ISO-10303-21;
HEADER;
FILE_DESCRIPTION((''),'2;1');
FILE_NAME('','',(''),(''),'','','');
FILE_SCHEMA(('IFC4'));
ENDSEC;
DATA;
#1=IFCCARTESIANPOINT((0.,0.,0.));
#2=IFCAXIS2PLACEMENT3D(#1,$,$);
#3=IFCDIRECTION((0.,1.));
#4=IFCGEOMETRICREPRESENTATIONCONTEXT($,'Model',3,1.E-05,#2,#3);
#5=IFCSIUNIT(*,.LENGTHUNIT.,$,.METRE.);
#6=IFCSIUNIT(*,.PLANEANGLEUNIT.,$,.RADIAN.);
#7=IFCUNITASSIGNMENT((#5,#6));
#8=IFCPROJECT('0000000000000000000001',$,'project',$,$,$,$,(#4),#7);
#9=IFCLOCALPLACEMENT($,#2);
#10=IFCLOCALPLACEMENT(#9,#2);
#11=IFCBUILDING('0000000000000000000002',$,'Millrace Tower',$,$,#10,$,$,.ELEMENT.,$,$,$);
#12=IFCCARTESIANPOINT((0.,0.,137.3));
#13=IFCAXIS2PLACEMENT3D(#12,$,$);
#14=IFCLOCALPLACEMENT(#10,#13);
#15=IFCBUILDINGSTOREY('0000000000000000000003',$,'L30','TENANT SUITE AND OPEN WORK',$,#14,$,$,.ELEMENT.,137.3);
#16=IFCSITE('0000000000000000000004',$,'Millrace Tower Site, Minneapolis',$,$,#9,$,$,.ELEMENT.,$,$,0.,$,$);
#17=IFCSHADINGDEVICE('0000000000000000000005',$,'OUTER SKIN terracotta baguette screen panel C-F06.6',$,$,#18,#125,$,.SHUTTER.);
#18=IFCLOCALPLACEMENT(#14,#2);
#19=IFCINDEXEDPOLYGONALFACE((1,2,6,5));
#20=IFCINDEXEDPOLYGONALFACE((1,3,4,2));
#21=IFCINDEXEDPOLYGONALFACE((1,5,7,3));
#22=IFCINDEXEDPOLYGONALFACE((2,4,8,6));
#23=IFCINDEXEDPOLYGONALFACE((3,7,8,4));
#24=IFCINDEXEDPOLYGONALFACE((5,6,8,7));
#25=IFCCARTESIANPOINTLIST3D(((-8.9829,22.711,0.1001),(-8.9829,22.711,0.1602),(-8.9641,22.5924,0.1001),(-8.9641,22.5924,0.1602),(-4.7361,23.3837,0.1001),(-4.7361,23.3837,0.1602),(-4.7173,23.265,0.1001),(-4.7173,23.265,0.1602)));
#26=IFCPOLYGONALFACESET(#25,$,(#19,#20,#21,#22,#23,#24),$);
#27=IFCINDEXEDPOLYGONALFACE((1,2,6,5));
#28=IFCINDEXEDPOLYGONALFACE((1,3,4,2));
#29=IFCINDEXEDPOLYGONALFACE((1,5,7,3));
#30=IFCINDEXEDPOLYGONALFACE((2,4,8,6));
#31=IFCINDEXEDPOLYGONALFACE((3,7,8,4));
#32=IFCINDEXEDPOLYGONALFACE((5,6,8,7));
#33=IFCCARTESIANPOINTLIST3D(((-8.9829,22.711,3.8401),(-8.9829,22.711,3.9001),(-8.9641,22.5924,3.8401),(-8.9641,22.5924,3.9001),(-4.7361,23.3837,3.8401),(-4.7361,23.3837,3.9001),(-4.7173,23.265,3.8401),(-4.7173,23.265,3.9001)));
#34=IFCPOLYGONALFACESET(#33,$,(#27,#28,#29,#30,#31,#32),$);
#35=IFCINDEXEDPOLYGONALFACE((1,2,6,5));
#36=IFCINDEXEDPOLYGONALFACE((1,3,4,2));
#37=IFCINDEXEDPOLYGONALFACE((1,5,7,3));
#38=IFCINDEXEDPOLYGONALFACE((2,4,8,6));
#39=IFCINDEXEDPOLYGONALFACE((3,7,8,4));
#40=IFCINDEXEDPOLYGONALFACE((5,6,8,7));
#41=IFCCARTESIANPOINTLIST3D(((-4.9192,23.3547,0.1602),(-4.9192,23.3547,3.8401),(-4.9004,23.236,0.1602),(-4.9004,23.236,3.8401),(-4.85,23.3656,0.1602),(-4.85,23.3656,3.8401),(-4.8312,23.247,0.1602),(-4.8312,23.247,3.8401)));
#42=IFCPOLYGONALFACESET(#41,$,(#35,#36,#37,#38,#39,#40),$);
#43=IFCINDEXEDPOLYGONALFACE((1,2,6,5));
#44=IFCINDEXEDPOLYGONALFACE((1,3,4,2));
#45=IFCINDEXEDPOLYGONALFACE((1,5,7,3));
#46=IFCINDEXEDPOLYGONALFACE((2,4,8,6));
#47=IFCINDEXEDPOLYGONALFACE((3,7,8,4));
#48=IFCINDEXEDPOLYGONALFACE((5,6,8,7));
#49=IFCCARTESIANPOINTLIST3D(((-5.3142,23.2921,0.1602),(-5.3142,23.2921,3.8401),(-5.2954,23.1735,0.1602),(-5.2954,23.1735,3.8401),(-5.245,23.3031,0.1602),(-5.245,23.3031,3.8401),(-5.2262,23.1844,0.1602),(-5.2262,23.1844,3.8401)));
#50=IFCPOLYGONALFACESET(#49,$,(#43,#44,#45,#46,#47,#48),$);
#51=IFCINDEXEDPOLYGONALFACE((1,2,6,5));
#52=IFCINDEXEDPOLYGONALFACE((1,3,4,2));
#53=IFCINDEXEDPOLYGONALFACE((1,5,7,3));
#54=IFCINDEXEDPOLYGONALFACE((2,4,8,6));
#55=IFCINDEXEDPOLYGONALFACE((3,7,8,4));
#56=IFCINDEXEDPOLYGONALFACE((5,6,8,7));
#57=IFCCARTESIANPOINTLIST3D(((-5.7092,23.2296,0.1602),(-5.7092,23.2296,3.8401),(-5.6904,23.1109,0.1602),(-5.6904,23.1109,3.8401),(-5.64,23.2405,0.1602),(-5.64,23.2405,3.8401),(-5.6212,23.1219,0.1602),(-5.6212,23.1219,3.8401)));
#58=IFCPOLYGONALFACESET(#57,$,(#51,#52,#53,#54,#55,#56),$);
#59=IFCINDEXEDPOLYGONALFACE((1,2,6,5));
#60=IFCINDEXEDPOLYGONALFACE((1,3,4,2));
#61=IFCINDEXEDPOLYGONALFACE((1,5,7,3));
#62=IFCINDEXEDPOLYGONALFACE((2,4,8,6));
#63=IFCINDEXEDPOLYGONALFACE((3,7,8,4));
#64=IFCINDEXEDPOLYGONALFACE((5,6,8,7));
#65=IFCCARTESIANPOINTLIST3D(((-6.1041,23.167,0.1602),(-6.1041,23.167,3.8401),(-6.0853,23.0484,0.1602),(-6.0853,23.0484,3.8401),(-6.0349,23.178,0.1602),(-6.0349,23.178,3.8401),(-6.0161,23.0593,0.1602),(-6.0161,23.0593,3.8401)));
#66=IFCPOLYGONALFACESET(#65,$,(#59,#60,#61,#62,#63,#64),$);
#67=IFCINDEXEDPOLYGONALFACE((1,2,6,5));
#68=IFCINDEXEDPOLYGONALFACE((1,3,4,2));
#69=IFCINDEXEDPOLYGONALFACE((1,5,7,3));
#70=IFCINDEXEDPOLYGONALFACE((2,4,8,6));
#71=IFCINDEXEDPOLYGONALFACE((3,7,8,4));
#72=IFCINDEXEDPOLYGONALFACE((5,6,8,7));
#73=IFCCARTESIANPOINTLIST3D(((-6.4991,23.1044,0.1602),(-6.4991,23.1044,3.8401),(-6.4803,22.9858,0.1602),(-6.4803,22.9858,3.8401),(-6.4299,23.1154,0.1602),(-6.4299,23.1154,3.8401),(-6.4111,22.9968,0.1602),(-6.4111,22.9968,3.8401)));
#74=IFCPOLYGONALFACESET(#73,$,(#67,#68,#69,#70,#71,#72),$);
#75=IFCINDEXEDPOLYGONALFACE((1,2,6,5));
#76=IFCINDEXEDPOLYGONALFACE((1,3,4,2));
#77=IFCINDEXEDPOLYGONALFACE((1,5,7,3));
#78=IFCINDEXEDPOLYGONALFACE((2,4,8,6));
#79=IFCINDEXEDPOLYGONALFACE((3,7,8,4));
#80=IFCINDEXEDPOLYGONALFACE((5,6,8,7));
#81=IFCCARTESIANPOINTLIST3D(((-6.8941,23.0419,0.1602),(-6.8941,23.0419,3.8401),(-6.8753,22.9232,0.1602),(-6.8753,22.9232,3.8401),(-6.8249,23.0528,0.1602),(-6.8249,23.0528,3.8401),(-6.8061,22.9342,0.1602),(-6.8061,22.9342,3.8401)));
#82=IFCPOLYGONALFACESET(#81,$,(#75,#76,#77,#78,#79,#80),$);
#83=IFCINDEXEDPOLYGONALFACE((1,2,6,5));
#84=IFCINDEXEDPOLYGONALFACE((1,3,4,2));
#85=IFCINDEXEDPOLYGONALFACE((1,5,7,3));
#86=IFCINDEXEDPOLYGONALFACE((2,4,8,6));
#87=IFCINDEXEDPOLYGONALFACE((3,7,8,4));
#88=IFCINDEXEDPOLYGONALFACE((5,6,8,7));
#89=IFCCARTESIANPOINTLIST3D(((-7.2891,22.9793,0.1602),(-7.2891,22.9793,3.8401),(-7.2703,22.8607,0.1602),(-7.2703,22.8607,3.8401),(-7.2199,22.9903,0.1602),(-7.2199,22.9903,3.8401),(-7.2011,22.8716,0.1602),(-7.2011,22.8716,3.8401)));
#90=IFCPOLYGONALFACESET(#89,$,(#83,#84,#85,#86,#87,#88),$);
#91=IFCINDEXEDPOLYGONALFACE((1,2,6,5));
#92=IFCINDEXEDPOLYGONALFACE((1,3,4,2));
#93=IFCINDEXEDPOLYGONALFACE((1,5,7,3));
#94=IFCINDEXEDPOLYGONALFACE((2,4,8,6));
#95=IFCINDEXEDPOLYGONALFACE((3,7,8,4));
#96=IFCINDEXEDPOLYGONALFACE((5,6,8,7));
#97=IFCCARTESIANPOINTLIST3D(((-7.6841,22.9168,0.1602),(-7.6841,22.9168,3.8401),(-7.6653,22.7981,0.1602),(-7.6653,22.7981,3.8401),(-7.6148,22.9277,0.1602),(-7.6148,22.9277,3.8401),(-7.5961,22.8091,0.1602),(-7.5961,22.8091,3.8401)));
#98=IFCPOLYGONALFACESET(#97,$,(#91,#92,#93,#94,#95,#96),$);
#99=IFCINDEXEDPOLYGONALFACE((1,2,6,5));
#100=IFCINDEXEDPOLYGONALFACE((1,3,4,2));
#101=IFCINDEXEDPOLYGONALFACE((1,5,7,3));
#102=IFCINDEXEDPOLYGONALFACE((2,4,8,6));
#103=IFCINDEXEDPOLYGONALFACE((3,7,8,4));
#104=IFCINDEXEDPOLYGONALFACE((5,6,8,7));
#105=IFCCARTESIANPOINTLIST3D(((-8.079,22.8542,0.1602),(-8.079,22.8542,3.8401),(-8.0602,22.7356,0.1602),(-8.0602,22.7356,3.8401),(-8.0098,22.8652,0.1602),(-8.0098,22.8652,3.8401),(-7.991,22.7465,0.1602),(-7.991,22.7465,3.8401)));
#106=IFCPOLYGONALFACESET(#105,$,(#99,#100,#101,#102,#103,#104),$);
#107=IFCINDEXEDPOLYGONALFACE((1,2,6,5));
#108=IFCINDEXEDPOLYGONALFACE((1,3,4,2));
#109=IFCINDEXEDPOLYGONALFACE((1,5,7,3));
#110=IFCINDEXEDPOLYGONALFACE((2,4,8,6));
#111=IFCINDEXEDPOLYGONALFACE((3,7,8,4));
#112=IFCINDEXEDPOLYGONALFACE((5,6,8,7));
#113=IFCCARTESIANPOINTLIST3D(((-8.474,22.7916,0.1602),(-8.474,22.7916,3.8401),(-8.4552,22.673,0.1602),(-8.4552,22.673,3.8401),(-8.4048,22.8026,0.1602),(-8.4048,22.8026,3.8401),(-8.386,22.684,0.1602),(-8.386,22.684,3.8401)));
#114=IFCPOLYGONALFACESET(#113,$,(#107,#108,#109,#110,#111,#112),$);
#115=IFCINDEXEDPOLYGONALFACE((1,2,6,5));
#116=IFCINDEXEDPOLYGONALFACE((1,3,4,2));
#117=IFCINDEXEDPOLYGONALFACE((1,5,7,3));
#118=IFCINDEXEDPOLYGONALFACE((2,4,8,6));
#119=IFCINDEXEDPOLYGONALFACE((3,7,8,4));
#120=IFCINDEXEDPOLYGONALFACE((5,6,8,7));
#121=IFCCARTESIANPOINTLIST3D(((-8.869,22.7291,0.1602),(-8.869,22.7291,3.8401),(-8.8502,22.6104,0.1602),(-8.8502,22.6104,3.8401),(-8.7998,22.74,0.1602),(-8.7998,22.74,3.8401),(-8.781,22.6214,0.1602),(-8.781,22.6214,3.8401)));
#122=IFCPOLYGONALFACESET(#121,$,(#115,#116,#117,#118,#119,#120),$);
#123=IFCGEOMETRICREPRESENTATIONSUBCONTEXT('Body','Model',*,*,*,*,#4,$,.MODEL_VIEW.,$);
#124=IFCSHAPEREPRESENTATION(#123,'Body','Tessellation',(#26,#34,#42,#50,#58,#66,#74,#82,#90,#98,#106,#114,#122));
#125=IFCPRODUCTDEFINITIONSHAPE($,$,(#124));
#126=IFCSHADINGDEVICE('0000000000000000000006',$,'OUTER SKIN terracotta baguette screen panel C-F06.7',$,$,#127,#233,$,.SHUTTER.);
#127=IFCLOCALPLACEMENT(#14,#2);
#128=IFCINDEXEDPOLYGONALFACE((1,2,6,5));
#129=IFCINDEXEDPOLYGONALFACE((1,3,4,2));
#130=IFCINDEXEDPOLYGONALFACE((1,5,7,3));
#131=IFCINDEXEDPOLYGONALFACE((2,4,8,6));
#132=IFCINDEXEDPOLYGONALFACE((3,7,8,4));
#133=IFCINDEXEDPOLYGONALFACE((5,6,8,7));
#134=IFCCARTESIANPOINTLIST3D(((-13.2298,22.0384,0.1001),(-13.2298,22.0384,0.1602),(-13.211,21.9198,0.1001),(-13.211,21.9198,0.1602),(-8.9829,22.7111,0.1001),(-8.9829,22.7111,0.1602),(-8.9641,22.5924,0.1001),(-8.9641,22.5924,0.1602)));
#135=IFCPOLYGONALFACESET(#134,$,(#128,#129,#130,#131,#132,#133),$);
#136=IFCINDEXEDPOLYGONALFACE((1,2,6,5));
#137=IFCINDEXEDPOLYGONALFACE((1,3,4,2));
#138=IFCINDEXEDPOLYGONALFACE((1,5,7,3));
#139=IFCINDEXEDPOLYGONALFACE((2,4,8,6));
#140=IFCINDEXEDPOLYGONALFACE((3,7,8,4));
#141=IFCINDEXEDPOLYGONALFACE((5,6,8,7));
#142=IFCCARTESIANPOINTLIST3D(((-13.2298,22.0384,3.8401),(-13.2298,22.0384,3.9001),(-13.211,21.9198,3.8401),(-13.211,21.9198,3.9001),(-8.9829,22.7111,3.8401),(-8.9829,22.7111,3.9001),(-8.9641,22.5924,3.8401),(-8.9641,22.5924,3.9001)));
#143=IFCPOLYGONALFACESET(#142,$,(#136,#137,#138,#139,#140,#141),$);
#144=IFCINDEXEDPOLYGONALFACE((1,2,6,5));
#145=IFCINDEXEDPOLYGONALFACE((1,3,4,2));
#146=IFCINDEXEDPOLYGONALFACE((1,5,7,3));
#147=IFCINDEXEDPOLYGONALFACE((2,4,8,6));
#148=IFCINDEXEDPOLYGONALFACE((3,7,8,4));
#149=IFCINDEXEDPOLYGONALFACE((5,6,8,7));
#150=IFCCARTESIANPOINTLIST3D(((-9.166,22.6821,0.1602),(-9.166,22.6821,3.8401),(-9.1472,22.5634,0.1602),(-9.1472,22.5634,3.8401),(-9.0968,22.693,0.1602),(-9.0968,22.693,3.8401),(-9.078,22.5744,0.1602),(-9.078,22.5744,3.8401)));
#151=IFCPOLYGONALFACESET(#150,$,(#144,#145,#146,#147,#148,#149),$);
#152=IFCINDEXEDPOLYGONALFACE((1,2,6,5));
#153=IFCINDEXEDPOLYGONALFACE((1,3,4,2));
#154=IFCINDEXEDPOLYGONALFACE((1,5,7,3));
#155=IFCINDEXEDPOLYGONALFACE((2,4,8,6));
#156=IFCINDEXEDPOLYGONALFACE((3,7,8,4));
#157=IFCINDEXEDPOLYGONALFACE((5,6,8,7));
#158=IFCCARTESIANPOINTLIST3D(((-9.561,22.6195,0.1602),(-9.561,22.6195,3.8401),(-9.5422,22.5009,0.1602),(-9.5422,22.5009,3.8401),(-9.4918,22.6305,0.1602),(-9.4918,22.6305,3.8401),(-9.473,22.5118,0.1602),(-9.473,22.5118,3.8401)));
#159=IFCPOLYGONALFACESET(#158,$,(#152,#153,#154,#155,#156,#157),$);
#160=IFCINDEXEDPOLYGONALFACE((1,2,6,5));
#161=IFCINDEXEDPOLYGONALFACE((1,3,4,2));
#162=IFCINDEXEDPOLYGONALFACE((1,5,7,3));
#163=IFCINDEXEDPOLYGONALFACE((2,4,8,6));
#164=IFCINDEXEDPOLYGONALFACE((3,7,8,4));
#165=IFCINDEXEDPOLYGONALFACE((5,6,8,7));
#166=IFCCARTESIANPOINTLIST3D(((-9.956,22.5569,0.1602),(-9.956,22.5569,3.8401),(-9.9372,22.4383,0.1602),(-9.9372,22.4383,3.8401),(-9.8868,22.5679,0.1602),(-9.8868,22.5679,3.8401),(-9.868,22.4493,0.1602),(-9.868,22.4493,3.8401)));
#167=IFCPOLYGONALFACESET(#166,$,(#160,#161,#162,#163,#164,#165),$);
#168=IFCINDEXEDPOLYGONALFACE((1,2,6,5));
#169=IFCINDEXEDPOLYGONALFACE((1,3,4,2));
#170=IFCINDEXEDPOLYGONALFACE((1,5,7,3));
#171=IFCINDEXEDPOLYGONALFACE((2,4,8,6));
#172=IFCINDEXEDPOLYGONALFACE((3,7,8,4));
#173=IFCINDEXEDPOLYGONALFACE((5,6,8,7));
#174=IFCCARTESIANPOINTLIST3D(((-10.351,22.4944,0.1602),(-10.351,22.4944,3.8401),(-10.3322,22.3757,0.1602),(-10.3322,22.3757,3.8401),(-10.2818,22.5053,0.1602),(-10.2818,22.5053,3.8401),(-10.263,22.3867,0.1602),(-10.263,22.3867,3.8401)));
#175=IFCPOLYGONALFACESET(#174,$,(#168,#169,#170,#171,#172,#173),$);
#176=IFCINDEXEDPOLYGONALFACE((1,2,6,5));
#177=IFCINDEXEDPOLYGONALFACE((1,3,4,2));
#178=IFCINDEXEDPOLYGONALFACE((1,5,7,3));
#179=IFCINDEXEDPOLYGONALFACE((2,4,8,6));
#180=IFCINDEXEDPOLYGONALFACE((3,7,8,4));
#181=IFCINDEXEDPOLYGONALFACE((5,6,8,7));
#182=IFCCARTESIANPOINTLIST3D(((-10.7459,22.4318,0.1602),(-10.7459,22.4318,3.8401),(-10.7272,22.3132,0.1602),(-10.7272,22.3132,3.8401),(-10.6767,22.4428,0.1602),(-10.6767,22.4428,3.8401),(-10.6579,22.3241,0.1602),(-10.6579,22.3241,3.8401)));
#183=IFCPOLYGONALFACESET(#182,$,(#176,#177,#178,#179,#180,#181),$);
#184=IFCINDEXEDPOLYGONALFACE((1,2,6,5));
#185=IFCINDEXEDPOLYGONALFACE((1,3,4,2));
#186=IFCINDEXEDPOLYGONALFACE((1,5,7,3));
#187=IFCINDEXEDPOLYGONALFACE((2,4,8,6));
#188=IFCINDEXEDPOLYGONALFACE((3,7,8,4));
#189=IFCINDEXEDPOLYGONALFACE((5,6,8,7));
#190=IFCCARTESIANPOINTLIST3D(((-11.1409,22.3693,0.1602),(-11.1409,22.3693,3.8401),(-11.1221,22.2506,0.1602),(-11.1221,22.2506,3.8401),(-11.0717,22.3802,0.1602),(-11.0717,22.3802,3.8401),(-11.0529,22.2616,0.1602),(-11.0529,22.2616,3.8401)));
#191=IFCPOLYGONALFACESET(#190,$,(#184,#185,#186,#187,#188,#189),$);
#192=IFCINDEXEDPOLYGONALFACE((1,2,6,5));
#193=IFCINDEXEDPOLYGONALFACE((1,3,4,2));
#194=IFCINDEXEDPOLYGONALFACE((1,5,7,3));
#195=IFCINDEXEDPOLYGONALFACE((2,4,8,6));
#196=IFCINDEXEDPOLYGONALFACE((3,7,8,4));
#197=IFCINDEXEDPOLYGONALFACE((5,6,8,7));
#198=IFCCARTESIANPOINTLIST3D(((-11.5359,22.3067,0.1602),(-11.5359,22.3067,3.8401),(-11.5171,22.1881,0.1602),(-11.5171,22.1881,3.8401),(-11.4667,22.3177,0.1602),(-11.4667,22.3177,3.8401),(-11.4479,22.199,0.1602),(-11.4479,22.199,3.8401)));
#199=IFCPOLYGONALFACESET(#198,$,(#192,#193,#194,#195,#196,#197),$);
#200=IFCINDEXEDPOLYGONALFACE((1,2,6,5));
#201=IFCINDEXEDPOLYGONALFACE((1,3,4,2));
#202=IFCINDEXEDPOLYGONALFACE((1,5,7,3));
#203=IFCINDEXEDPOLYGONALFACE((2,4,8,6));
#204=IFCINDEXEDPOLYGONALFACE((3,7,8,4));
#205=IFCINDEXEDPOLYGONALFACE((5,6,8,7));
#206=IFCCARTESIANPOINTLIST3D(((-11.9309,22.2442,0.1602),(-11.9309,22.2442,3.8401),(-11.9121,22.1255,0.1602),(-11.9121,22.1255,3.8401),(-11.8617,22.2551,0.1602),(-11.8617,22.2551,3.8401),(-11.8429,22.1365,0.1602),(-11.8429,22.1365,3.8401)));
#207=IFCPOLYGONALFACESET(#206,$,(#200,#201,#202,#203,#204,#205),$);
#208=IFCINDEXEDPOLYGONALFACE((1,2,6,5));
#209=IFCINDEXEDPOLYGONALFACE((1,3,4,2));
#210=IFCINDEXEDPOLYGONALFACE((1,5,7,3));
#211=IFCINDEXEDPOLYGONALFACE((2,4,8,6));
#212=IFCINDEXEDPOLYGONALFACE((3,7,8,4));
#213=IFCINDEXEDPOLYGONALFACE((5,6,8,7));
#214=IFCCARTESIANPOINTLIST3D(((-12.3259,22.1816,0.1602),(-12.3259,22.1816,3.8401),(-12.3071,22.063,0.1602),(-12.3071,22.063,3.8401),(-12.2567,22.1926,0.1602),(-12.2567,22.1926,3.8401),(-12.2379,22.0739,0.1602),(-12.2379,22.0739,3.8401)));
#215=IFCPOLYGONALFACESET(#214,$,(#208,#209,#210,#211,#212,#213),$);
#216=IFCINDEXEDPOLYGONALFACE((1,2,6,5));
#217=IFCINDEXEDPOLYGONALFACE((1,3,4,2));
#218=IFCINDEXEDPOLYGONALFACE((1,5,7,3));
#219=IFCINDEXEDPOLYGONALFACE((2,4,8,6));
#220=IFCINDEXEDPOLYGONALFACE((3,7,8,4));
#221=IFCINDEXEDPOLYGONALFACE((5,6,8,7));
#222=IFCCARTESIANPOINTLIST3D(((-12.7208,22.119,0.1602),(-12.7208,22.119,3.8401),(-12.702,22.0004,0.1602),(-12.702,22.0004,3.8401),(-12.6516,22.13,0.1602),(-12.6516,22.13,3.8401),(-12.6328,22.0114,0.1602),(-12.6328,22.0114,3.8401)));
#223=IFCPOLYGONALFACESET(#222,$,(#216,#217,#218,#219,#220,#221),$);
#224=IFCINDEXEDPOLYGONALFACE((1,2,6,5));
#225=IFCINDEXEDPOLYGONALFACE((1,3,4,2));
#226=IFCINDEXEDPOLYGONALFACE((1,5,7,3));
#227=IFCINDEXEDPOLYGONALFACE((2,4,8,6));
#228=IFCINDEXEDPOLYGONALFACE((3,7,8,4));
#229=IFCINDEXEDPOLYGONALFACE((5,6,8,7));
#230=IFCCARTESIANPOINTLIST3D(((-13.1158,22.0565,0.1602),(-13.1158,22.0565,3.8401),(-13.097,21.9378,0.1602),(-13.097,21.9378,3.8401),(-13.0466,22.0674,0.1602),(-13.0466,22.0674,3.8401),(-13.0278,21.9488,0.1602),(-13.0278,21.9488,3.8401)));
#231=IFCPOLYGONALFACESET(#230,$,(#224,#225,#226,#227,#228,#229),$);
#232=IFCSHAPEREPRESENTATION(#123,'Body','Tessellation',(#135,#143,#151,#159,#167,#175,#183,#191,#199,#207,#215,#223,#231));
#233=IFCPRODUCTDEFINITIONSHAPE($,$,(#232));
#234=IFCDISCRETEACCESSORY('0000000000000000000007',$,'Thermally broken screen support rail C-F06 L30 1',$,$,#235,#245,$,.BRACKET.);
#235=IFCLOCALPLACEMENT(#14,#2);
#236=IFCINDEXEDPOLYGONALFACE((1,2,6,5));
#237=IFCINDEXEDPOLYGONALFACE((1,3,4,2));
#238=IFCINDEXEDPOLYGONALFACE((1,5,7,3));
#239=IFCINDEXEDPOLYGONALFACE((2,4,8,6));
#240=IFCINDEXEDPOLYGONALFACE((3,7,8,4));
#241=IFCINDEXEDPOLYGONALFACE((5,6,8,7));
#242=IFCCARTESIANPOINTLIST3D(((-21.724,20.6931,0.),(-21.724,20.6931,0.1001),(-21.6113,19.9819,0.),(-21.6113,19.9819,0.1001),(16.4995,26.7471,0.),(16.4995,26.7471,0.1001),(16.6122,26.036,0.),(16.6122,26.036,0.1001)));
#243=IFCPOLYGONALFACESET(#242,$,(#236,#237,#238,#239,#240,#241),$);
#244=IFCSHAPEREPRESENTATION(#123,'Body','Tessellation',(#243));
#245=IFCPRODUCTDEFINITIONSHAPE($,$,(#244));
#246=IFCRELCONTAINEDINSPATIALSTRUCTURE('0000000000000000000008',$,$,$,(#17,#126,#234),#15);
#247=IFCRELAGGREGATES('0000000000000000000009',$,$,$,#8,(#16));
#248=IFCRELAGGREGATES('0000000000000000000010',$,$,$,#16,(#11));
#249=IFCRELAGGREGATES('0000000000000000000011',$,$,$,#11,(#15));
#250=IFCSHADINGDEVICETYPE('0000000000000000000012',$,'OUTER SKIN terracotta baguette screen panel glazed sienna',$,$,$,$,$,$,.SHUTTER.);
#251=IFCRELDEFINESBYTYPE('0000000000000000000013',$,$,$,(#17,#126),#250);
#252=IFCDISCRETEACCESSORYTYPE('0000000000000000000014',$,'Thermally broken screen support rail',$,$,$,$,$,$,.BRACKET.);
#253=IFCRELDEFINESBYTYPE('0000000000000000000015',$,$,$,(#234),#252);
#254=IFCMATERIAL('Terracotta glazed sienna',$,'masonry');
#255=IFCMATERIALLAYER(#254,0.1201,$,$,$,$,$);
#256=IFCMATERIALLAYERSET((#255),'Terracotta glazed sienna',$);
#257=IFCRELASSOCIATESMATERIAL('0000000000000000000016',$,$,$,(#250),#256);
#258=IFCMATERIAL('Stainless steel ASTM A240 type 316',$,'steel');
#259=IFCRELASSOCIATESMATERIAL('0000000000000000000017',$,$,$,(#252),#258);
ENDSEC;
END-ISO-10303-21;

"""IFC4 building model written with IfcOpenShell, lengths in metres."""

from ifc_helpers import new_model, entity, si_unit, direction, frame, frame_2d, origin, origin_2d, place, context, subcontext, project, spatial, rectangle, extrude, source, transform, mapped, material, layer, layer_set, type_object, element, save


model = new_model("IFC4")

# Units and contexts
model_context = context("Model", 3, precision=1e-05, world=origin(), true_north=direction((0.0, 1.0)))
body_context = subcontext(model_context, "Body", "Model", "MODEL_VIEW")
ifc_project = project(units=[si_unit("LENGTHUNIT", "METRE"), si_unit("PLANEANGLEUNIT", "RADIAN")], contexts=[model_context])

# Site, building, storey
site_placement = place(None, origin())
site = spatial("IfcSite", under=ifc_project, at=site_placement, Name="Millrace Tower Site, Minneapolis", CompositionType="ELEMENT", RefElevation=0.0)
building_placement = place(site_placement, origin())
building = spatial("IfcBuilding", under=site, at=building_placement, Name="Millrace Tower", CompositionType="ELEMENT")
storey_placement = place(building_placement, frame((0.0, 0.0, 137.3)))
storey = spatial("IfcBuildingStorey", under=building, at=storey_placement, Name="L30", Description="TENANT SUITE AND OPEN WORK", CompositionType="ELEMENT", Elevation=137.3)

# Shading devices
ifc_material_1 = material(Name="Terracotta glazed sienna", Category="masonry")
ifc_layer_1 = layer(ifc_material_1, 0.1201)
ifc_layer_set_1 = layer_set([ifc_layer_1], Name="Terracotta glazed sienna")
shading_device_type = type_object("IfcShadingDeviceType", Name="OUTER SKIN terracotta baguette screen panel glazed sienna", PredefinedType="SHUTTER", material=ifc_layer_set_1)
cartesian_point = entity("IfcCartesianPoint", [-2.1499, 0.0601])
shared_polyline = entity("IfcPolyline", [cartesian_point, entity("IfcCartesianPoint", [2.1499, 0.0601]), entity("IfcCartesianPoint", [2.1499, -0.0601]), entity("IfcCartesianPoint", [-2.1499, -0.0601]), cartesian_point])
shared_shape = source(origin(), body_context, "Body", "SweptSolid", [
    entity("IfcExtrudedAreaSolid", entity("IfcArbitraryClosedProfileDef", "AREA", None, shared_polyline), entity("IfcAxis2Placement3D", entity("IfcCartesianPoint", [0.0, 0.0, 0.0])), entity("IfcDirection", [0.0, 0.0, 1.0]), 0.0601),
    entity("IfcExtrudedAreaSolid", entity("IfcArbitraryClosedProfileDef", "AREA", None, shared_polyline), entity("IfcAxis2Placement3D", entity("IfcCartesianPoint", [0.0, 0.0, 3.74])), entity("IfcDirection", [0.0, 0.0, 1.0]), 0.0601),
    extrude(rectangle(XDim=0.0701, YDim=0.1201, at=frame_2d((-1.9995, 0.0))), frame((0.0, 0.0, 0.0601)), (0.0, 0.0, 1.0), 3.6799),
    extrude(rectangle(XDim=0.0701, YDim=0.1201, at=frame_2d((-1.5996, 0.0))), frame((0.0, 0.0, 0.0601)), (0.0, 0.0, 1.0), 3.6799),
    extrude(rectangle(XDim=0.0701, YDim=0.1201, at=frame_2d((-1.1997, 0.0))), frame((0.0, 0.0, 0.0601)), (0.0, 0.0, 1.0), 3.6799),
    extrude(rectangle(XDim=0.0701, YDim=0.1201, at=frame_2d((-0.7998, 0.0))), frame((0.0, 0.0, 0.0601)), (0.0, 0.0, 1.0), 3.6799),
    extrude(rectangle(XDim=0.0701, YDim=0.1201, at=frame_2d((-0.3999, 0.0))), frame((0.0, 0.0, 0.0601)), (0.0, 0.0, 1.0), 3.6799),
    extrude(rectangle(XDim=0.0701, YDim=0.1201, at=origin_2d()), frame((0.0, 0.0, 0.0601)), (0.0, 0.0, 1.0), 3.6799),
    extrude(rectangle(XDim=0.0701, YDim=0.1201, at=frame_2d((0.3999, 0.0))), frame((0.0, 0.0, 0.0601)), (0.0, 0.0, 1.0), 3.6799),
    extrude(rectangle(XDim=0.0701, YDim=0.1201, at=frame_2d((0.7998, 0.0))), frame((0.0, 0.0, 0.0601)), (0.0, 0.0, 1.0), 3.6799),
    extrude(rectangle(XDim=0.0701, YDim=0.1201, at=frame_2d((1.1997, 0.0))), frame((0.0, 0.0, 0.0601)), (0.0, 0.0, 1.0), 3.6799),
    extrude(rectangle(XDim=0.0701, YDim=0.1201, at=frame_2d((1.5996, 0.0))), frame((0.0, 0.0, 0.0601)), (0.0, 0.0, 1.0), 3.6799),
    extrude(rectangle(XDim=0.0701, YDim=0.1201, at=frame_2d((1.9995, 0.0))), frame((0.0, 0.0, 0.0601)), (0.0, 0.0, 1.0), 3.6799),
])
for number, where, z_axis, x_axis, name in (
    (1, (-6.8501, 22.988, 0.1001), (0.0, 0.0, 1.0), (-0.987688, -0.156434, 0.0), "OUTER SKIN terracotta baguette screen panel C-F06.6"),
    (2, (-11.0969, 22.3154, 0.1001), (0.0, 0.0, 1.0), (-0.987688, -0.156434, 0.0), "OUTER SKIN terracotta baguette screen panel C-F06.7"),
):
    element("IfcShadingDevice", number, at=place(storey_placement, frame(where, z_axis=z_axis, x_axis=x_axis)), inside=storey, type_object=shading_device_type, Name=name, PredefinedType="SHUTTER", context=body_context, shape_type="MappedRepresentation", body=[
        mapped(shared_shape, transform((0.0, 0.0, 0.0), scale=1.0)),
    ])

# Discrete accessory
ifc_material_2 = material(Name="Stainless steel ASTM A240 type 316", Category="steel")
discrete_accessory_type = type_object("IfcDiscreteAccessoryType", Name="Thermally broken screen support rail", PredefinedType="BRACKET", material=ifc_material_2)
discrete_accessory_placement = place(storey_placement, frame((-2.5559, 23.3645, 0.0), z_axis=(0.0, 0.0, 1.0), x_axis=(-0.987688, -0.156434, 0.0)))
element("IfcDiscreteAccessory", 3, at=discrete_accessory_placement, inside=storey, type_object=discrete_accessory_type, Name="Thermally broken screen support rail C-F06 L30 1", PredefinedType="BRACKET", context=body_context, shape_type="SweptSolid", body=[
    extrude(rectangle(XDim=38.7, YDim=0.72, at=origin_2d()), origin(), (0.0, 0.0, 1.0), 0.1001),
])

save(model, "model.ifc")
